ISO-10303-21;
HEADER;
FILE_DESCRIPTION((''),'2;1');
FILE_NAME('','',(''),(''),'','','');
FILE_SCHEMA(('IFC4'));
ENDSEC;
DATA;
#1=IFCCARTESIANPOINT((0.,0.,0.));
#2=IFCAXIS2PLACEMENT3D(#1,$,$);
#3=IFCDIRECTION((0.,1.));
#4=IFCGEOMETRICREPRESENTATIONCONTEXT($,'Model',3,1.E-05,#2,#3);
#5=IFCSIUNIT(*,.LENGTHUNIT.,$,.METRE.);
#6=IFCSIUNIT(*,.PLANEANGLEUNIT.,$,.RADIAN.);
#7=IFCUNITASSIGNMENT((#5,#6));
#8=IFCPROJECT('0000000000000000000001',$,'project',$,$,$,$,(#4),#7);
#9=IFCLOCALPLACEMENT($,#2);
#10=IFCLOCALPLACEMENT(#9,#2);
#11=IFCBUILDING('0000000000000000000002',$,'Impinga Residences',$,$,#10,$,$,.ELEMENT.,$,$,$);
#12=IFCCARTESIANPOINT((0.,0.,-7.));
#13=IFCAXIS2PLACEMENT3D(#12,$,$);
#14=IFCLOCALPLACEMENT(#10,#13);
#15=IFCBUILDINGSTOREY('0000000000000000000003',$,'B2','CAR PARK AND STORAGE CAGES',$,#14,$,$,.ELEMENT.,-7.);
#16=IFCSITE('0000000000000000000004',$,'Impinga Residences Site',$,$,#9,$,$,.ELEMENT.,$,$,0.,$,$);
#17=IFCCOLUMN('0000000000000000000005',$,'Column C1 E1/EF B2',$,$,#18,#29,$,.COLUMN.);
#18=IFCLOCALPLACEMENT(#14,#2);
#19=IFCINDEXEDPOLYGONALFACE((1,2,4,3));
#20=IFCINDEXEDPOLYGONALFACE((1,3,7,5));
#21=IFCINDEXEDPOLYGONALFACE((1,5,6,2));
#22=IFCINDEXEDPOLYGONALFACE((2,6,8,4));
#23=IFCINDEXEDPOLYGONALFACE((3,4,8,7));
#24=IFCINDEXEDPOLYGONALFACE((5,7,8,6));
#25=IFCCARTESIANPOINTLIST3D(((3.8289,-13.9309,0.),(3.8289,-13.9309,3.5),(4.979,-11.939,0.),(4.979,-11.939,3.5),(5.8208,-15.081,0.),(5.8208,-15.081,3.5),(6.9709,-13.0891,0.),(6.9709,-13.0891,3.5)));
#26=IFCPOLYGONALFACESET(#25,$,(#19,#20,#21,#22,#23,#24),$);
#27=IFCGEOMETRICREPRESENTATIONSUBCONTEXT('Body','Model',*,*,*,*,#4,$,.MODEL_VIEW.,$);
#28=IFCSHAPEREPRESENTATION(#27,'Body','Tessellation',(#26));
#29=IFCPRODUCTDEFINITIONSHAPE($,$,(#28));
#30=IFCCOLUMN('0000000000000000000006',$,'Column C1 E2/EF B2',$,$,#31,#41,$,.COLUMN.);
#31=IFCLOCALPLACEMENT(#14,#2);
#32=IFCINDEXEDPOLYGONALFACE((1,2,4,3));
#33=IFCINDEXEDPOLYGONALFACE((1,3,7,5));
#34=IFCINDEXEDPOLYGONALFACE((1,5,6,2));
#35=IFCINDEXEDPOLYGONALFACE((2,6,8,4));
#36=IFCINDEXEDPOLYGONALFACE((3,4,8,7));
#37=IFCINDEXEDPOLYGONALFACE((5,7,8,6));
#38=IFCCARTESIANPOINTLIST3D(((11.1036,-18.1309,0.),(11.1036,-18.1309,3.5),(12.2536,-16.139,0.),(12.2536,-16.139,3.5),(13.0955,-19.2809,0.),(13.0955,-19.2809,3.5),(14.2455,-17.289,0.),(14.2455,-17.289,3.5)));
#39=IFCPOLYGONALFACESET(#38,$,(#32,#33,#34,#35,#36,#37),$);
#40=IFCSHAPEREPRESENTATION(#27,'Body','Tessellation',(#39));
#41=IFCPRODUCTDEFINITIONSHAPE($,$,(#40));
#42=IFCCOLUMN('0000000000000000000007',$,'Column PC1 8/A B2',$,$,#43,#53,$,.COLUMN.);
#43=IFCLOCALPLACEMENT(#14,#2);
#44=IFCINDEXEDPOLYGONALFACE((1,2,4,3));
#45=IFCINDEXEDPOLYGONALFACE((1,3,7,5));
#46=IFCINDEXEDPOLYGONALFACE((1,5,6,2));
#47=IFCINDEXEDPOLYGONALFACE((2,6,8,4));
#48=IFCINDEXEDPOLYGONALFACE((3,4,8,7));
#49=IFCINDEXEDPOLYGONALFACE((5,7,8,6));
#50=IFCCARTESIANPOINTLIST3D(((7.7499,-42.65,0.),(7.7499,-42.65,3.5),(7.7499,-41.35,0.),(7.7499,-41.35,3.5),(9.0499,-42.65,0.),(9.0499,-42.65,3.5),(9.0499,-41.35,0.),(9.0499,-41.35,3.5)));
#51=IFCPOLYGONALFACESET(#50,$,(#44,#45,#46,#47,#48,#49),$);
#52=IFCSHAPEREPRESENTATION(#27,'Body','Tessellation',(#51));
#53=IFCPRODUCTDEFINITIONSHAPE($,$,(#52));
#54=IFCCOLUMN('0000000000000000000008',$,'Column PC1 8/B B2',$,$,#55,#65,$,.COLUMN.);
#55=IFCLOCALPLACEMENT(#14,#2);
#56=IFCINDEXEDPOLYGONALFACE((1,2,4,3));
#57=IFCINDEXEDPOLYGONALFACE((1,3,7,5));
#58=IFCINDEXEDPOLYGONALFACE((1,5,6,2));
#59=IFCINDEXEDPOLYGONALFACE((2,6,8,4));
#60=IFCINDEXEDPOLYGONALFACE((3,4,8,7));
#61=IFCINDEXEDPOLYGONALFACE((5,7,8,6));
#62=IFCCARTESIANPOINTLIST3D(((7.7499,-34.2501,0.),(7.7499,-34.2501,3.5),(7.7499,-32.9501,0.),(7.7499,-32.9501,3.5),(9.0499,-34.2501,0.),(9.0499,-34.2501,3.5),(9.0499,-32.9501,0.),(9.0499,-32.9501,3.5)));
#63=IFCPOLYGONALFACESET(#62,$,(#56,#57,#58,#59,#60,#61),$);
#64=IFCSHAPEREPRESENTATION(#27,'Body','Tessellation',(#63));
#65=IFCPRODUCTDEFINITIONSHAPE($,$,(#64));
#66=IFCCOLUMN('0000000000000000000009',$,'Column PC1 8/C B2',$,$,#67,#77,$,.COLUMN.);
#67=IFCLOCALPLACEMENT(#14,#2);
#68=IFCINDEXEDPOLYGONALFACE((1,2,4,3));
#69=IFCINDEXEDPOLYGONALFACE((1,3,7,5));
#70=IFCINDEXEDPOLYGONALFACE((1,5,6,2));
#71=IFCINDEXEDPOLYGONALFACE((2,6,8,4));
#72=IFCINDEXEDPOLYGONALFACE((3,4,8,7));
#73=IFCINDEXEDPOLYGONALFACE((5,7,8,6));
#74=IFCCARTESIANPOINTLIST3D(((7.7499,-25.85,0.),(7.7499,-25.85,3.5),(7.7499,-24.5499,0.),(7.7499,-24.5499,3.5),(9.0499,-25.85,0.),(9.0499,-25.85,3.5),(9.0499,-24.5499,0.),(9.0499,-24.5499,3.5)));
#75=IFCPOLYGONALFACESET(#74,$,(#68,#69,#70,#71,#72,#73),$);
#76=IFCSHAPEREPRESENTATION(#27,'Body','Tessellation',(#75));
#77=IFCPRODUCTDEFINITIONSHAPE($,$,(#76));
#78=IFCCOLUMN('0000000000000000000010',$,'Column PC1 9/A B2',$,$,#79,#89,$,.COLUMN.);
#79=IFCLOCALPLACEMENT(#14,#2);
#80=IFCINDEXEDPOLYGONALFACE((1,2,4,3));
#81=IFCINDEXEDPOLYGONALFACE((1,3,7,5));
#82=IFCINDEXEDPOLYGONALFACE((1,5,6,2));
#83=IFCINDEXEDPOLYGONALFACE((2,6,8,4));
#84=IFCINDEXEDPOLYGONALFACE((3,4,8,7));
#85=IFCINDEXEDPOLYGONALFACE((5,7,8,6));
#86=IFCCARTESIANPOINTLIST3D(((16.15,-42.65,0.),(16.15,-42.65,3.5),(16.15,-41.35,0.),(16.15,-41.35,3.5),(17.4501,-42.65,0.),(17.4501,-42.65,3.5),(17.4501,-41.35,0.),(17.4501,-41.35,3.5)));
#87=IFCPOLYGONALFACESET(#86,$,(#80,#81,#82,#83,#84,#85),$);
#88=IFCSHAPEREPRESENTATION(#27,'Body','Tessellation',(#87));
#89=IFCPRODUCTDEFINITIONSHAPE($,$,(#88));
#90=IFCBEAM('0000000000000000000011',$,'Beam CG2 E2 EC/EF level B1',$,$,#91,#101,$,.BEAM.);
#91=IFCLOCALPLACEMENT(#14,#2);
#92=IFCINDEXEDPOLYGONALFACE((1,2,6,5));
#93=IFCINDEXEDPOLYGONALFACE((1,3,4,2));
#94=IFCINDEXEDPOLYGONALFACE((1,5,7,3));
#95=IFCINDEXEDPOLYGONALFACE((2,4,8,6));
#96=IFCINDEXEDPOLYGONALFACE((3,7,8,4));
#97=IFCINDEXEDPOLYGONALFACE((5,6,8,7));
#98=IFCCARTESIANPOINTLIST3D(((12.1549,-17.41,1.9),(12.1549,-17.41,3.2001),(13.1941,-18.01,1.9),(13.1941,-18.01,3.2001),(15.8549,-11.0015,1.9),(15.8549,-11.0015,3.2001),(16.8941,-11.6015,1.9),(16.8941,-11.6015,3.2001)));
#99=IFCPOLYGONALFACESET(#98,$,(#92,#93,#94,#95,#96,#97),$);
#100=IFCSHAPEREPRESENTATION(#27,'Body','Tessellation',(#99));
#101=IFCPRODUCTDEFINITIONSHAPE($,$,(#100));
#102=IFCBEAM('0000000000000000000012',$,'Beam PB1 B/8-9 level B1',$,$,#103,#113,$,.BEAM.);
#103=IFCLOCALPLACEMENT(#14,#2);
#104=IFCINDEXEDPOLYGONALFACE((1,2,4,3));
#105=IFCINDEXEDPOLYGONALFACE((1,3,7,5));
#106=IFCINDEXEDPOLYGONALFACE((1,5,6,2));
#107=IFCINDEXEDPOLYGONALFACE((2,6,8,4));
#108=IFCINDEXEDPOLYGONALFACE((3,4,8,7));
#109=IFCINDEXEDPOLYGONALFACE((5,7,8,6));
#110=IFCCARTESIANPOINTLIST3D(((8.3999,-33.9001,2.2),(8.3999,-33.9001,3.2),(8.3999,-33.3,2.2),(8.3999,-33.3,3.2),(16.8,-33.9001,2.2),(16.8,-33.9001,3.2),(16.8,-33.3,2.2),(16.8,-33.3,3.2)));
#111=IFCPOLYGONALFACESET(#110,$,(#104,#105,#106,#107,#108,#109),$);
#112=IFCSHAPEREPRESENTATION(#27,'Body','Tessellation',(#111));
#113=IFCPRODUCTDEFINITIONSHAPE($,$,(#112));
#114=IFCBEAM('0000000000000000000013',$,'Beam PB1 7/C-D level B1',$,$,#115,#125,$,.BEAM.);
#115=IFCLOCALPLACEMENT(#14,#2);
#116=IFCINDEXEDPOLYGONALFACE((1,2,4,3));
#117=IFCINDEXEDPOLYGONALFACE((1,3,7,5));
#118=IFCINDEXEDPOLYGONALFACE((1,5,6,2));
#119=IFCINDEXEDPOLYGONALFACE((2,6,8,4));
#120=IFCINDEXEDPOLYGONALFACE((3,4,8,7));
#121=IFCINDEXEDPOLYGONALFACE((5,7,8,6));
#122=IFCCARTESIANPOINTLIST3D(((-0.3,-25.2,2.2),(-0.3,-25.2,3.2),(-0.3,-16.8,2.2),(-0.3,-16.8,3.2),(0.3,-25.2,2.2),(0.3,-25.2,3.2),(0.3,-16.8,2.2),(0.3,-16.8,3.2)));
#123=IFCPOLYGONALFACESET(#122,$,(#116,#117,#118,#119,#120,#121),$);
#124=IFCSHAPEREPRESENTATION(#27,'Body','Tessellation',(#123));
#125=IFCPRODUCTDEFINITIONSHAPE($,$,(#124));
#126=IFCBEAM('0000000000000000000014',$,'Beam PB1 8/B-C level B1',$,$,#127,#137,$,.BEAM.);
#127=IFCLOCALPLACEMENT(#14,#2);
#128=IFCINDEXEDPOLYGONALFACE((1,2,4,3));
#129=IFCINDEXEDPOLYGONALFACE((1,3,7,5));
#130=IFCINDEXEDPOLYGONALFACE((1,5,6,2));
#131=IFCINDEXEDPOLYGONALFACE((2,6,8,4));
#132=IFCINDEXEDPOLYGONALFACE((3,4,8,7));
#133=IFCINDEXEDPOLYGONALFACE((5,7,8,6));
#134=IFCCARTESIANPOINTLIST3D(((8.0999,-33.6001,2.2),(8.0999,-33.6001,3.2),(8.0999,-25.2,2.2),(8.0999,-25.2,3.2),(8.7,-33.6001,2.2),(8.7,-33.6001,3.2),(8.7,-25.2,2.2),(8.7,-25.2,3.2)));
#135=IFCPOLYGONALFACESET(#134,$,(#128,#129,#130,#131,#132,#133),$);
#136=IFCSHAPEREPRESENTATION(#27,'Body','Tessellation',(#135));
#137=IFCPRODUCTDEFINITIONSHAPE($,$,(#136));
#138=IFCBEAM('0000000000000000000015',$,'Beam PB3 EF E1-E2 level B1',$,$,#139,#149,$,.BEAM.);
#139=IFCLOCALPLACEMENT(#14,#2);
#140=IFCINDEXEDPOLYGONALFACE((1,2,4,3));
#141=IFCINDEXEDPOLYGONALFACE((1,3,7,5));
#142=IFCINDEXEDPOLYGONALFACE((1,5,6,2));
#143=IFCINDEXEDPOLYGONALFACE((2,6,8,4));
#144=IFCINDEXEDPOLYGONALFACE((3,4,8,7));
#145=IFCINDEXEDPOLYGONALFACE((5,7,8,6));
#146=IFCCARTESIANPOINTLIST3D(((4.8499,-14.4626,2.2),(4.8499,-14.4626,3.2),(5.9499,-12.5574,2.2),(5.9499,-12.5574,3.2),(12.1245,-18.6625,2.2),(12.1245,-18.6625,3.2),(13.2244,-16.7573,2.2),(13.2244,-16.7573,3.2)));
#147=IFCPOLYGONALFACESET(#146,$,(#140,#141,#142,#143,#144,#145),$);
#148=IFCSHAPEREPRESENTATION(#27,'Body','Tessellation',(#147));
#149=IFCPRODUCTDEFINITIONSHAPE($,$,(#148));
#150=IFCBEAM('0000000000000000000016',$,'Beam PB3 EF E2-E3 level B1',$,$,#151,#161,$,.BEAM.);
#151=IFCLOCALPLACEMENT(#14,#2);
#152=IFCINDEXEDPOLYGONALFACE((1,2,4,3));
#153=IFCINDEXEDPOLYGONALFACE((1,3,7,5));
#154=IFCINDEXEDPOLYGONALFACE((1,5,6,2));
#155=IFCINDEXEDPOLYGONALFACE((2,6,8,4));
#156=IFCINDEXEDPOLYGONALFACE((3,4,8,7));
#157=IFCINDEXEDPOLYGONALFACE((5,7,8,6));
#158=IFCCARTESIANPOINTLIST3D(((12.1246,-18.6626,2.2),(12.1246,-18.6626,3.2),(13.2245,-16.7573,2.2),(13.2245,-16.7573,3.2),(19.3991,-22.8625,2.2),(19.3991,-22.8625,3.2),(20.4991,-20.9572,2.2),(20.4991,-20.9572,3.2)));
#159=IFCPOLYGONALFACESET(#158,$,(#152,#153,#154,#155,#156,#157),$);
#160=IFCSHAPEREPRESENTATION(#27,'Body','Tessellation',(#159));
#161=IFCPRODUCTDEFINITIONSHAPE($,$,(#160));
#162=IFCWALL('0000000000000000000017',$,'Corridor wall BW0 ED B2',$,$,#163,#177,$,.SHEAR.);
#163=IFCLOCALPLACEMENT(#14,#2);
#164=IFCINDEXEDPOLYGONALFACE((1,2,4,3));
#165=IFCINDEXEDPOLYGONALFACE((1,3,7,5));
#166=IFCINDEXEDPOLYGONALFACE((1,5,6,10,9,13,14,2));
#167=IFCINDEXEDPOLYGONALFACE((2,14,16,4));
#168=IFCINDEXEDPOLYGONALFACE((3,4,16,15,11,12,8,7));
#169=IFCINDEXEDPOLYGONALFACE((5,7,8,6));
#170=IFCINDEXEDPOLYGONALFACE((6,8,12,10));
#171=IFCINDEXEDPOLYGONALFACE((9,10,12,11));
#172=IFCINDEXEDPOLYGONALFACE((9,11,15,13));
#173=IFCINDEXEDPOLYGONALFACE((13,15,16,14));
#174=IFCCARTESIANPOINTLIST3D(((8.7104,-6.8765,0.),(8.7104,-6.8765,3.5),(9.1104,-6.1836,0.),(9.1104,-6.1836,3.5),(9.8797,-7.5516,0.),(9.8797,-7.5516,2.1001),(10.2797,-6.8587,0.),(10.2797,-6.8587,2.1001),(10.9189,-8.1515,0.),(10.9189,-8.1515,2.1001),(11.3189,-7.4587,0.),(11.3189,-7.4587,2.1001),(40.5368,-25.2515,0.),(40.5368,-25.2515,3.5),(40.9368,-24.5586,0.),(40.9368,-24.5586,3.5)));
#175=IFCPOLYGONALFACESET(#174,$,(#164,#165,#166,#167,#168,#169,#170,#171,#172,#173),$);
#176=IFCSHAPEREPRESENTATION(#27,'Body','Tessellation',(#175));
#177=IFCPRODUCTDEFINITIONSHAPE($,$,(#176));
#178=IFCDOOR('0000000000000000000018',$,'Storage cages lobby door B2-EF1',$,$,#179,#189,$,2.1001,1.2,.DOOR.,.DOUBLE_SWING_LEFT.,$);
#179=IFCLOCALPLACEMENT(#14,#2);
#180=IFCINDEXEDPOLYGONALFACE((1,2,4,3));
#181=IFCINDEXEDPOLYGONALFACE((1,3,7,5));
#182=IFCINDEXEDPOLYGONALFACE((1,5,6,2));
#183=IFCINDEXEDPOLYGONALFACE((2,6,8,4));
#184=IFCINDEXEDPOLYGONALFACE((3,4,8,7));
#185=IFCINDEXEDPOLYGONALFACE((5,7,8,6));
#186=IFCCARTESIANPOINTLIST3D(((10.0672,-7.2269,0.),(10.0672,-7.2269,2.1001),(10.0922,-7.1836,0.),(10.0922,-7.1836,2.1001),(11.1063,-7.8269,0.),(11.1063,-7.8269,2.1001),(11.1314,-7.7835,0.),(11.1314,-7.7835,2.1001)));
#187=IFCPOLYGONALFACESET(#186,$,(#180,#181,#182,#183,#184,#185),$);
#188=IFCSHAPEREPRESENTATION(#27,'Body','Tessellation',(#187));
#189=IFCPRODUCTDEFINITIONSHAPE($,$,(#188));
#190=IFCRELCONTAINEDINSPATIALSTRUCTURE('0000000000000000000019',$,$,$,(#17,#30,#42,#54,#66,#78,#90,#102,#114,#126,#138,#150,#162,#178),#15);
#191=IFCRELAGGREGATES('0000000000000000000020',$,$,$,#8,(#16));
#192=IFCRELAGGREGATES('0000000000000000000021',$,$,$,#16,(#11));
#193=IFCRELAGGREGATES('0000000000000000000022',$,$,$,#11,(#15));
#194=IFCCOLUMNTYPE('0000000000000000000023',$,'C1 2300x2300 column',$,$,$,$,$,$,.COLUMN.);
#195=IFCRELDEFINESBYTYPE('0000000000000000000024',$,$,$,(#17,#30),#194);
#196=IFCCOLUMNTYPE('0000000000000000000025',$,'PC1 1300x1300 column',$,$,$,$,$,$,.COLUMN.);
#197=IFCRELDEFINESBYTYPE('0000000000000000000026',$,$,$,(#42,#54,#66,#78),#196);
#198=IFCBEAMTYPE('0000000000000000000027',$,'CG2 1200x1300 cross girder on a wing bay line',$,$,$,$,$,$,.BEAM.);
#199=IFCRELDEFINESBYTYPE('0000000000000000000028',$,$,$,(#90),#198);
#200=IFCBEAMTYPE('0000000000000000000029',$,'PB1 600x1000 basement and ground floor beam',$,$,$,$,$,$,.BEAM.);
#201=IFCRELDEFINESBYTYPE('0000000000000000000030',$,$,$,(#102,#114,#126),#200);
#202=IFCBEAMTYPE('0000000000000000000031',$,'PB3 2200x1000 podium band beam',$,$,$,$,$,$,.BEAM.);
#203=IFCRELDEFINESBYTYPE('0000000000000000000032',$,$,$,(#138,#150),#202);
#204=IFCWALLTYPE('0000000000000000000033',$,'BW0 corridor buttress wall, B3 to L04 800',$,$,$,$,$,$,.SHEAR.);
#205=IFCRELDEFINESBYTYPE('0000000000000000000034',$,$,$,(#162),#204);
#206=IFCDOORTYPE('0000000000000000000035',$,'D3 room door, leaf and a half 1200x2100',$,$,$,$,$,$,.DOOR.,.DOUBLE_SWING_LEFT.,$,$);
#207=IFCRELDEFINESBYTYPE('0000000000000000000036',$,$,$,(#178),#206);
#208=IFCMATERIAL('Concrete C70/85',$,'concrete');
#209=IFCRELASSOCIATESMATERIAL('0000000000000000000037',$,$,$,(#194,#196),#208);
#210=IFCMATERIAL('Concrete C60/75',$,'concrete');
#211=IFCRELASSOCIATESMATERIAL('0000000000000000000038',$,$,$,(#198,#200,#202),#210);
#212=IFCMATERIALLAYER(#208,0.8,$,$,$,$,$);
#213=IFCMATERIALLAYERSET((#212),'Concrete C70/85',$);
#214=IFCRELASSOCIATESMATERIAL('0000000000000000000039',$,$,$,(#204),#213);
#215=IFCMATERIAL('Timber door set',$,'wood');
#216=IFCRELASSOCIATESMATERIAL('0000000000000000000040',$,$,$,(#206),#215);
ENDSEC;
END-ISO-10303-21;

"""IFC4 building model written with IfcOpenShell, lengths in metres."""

from ifc_helpers import new_model, si_unit, direction, frame, frame_2d, origin, origin_2d, place, context, subcontext, project, spatial, rectangle, extrude, material, layer, layer_set, material_profile, profile_set, type_object, element, fill, save


model = new_model("IFC4")

# Units and contexts
model_context = context("Model", 3, precision=1e-05, world=origin(), true_north=direction((0.0, 1.0)))
body_context = subcontext(model_context, "Body", "Model", "MODEL_VIEW")
ifc_project = project(units=[si_unit("LENGTHUNIT", "METRE"), si_unit("PLANEANGLEUNIT", "RADIAN")], contexts=[model_context])

# Site, building, storey
site_placement = place(None, origin())
site = spatial("IfcSite", under=ifc_project, at=site_placement, Name="Impinga Residences Site", CompositionType="ELEMENT", RefElevation=0.0)
building_placement = place(site_placement, origin())
building = spatial("IfcBuilding", under=site, at=building_placement, Name="Impinga Residences", CompositionType="ELEMENT")
storey_placement = place(building_placement, frame((0.0, 0.0, -7.0)))
storey = spatial("IfcBuildingStorey", under=building, at=storey_placement, Name="B2", Description="CAR PARK AND STORAGE CAGES", CompositionType="ELEMENT", Elevation=-7.0)

# Columns
ifc_material_1 = material(Name="Concrete C70/85", Category="concrete")
ifc_material_profile_1 = material_profile(ifc_material_1, rectangle(XDim=2.3, YDim=2.3, at=origin_2d()), Name="RC 2300x2300")
ifc_profile_set_1 = profile_set([ifc_material_profile_1], Name="Concrete C70/85")
column_type_1 = type_object("IfcColumnType", Name="C1 2300x2300 column", PredefinedType="COLUMN", material=ifc_profile_set_1)
for number, where, z_axis, x_axis, name in (
    (1, (5.3999, -13.51, 0.0), (0.0, 0.0, 1.0), (-0.5, -0.866025, 0.0), "Column C1 E1/EF B2"),
    (2, (12.6746, -17.71, 0.0), (0.0, 0.0, 1.0), (-0.5, -0.866025, 0.0), "Column C1 E2/EF B2"),
):
    element("IfcColumn", number, at=place(storey_placement, frame(where, z_axis=z_axis, x_axis=x_axis)), inside=storey, type_object=column_type_1, Name=name, PredefinedType="COLUMN", context=body_context, shape_type="SweptSolid", body=[
        extrude(rectangle(XDim=2.3, YDim=2.3, at=origin_2d()), origin(), (0.0, 0.0, 1.0), 3.5),
    ])
ifc_material_profile_2 = material_profile(ifc_material_1, rectangle(XDim=1.3, YDim=1.3, at=origin_2d()), Name="RC 1300x1300")
ifc_profile_set_2 = profile_set([ifc_material_profile_2], Name="Concrete C70/85")
column_type_2 = type_object("IfcColumnType", Name="PC1 1300x1300 column", PredefinedType="COLUMN", material=ifc_profile_set_2)
for number, where, z_axis, x_axis, name in (
    (3, (8.3999, -42.0, 0.0), (0.0, 0.0, 1.0), (1.0, 0.0, 0.0), "Column PC1 8/A B2"),
    (4, (8.3999, -33.6001, 0.0), (0.0, 0.0, 1.0), (1.0, 0.0, 0.0), "Column PC1 8/B B2"),
    (5, (8.3999, -25.2, 0.0), (0.0, 0.0, 1.0), (1.0, 0.0, 0.0), "Column PC1 8/C B2"),
    (6, (16.8, -42.0, 0.0), (0.0, 0.0, 1.0), (1.0, 0.0, 0.0), "Column PC1 9/A B2"),
):
    element("IfcColumn", number, at=place(storey_placement, frame(where, z_axis=z_axis, x_axis=x_axis)), inside=storey, type_object=column_type_2, Name=name, PredefinedType="COLUMN", context=body_context, shape_type="SweptSolid", body=[
        extrude(rectangle(XDim=1.3, YDim=1.3, at=origin_2d()), origin(), (0.0, 0.0, 1.0), 3.5),
    ])

# Beams
ifc_material_2 = material(Name="Concrete C60/75", Category="concrete")
ifc_material_profile_3 = material_profile(ifc_material_2, rectangle(XDim=1.2, YDim=1.3, at=origin_2d()), Name="RC 1200x1300")
ifc_profile_set_3 = profile_set([ifc_material_profile_3], Name="Concrete C60/75")
beam_type_1 = type_object("IfcBeamType", Name="CG2 1200x1300 cross girder on a wing bay line", PredefinedType="BEAM", material=ifc_profile_set_3)
beam_1_placement = place(storey_placement, frame((16.3745, -11.3015, 2.55), z_axis=(-0.500003, -0.866024, 0.0), x_axis=(0.866024, -0.500003, 0.0)))
element("IfcBeam", 7, at=beam_1_placement, inside=storey, type_object=beam_type_1, Name="Beam CG2 E2 EC/EF level B1", PredefinedType="BEAM", context=body_context, shape_type="SweptSolid", body=[
    extrude(rectangle(XDim=1.2, YDim=1.3, at=origin_2d()), origin(), (0.0, 0.0, 1.0), 7.3999),
])
ifc_material_profile_4 = material_profile(ifc_material_2, rectangle(XDim=0.6001, YDim=1.0, at=origin_2d()), Name="RC 600x1000")
ifc_profile_set_4 = profile_set([ifc_material_profile_4], Name="Concrete C60/75")
beam_type_2 = type_object("IfcBeamType", Name="PB1 600x1000 basement and ground floor beam", PredefinedType="BEAM", material=ifc_profile_set_4)
beam_2_placement = place(storey_placement, frame((8.3999, -33.6001, 2.7), z_axis=(1.0, 0.0, 0.0), x_axis=(0.0, 1.0, 0.0)))
element("IfcBeam", 8, at=beam_2_placement, inside=storey, type_object=beam_type_2, Name="Beam PB1 B/8-9 level B1", PredefinedType="BEAM", context=body_context, shape_type="SweptSolid", body=[
    extrude(rectangle(XDim=0.6001, YDim=1.0, at=origin_2d()), origin(), (0.0, 0.0, 1.0), 8.4001),
])
beam_3_placement = place(storey_placement, frame((0.0, -25.2, 2.7), z_axis=(0.0, 1.0, 0.0), x_axis=(-1.0, 0.0, 0.0)))
element("IfcBeam", 9, at=beam_3_placement, inside=storey, type_object=beam_type_2, Name="Beam PB1 7/C-D level B1", PredefinedType="BEAM", context=body_context, shape_type="SweptSolid", body=[
    extrude(rectangle(XDim=0.6001, YDim=1.0, at=origin_2d()), origin(), (0.0, 0.0, 1.0), 8.3999),
])
beam_4_placement = place(storey_placement, frame((8.3999, -33.6001, 2.7), z_axis=(0.0, 1.0, 0.0), x_axis=(-1.0, 0.0, 0.0)))
element("IfcBeam", 10, at=beam_4_placement, inside=storey, type_object=beam_type_2, Name="Beam PB1 8/B-C level B1", PredefinedType="BEAM", context=body_context, shape_type="SweptSolid", body=[
    extrude(rectangle(XDim=0.6001, YDim=1.0, at=origin_2d()), origin(), (0.0, 0.0, 1.0), 8.4001),
])
ifc_material_profile_5 = material_profile(ifc_material_2, rectangle(XDim=2.2, YDim=1.0, at=origin_2d()), Name="RC 2200x1000")
ifc_profile_set_5 = profile_set([ifc_material_profile_5], Name="Concrete C60/75")
beam_type_3 = type_object("IfcBeamType", Name="PB3 2200x1000 podium band beam", PredefinedType="BEAM", material=ifc_profile_set_5)
for number, where, z_axis, x_axis, name in (
    (11, (5.3999, -13.51, 2.7), (0.866029, -0.499993, 0.0), (0.499993, 0.866029, 0.0), "Beam PB3 EF E1-E2 level B1"),
    (12, (12.6746, -17.71, 2.7), (0.866029, -0.499993, 0.0), (0.499993, 0.866029, 0.0), "Beam PB3 EF E2-E3 level B1"),
):
    element("IfcBeam", number, at=place(storey_placement, frame(where, z_axis=z_axis, x_axis=x_axis)), inside=storey, type_object=beam_type_3, Name=name, PredefinedType="BEAM", context=body_context, shape_type="SweptSolid", body=[
        extrude(rectangle(XDim=2.2, YDim=1.0, at=origin_2d()), origin(), (0.0, 0.0, 1.0), 8.3999),
    ])

# Wall, opening, door
ifc_layer_1 = layer(ifc_material_1, 0.8)
ifc_layer_set_1 = layer_set([ifc_layer_1], Name="Concrete C70/85")
wall_type_1 = type_object("IfcWallType", Name="BW0 corridor buttress wall, B3 to L04 800", PredefinedType="SHEAR", material=ifc_layer_set_1)
wall_1_placement = place(storey_placement, frame((8.9104, -6.53, 0.0), z_axis=(0.0, 0.0, 1.0), x_axis=(0.866025, -0.5, 0.0)))
wall_1 = element("IfcWall", 13, at=wall_1_placement, inside=storey, type_object=wall_type_1, Name="Corridor wall BW0 ED B2", PredefinedType="SHEAR", context=body_context, shape_type="SweptSolid", body=[
    extrude(rectangle(XDim=36.75, YDim=0.8, at=frame_2d((18.375, 0.0))), origin(), (0.0, 0.0, 1.0), 3.5),
])
opening_1_placement = place(wall_1_placement, frame((1.3501, 0.0, 0.0)))
opening_1 = element("IfcOpeningElement", 14, at=opening_1_placement, cuts=wall_1, PredefinedType="OPENING", context=body_context, shape_type="SweptSolid", body=[
    extrude(rectangle(XDim=1.2, YDim=2.1001, at=frame_2d((0.6001, 1.05))), frame((0.0, 0.4099, 0.0), z_axis=(0.0, -1.0, 0.0), x_axis=(1.0, 0.0, 0.0)), (0.0, 0.0, 1.0), 0.8201),
])
ifc_material_3 = material(Name="Timber door set", Category="wood")
door_type_1 = type_object("IfcDoorType", Name="D3 room door, leaf and a half 1200x2100", OperationType="DOUBLE_SWING_LEFT", PredefinedType="DOOR", material=ifc_material_3)
door_1_placement = place(opening_1_placement, origin())
door_1 = element("IfcDoor", 15, at=door_1_placement, inside=storey, type_object=door_type_1, Name="Storage cages lobby door B2-EF1", OperationType="DOUBLE_SWING_LEFT", OverallHeight=2.1001, OverallWidth=1.2, PredefinedType="DOOR", context=body_context, shape_type="SweptSolid", body=[
    extrude(rectangle(XDim=1.2, YDim=2.1001, at=frame_2d((0.6001, 1.05))), frame((0.0, 0.0249, 0.0), z_axis=(0.0, -1.0, 0.0), x_axis=(1.0, 0.0, 0.0)), (0.0, 0.0, 1.0), 0.05),
])
fill(opening_1, door_1)

save(model, "model.ifc")
